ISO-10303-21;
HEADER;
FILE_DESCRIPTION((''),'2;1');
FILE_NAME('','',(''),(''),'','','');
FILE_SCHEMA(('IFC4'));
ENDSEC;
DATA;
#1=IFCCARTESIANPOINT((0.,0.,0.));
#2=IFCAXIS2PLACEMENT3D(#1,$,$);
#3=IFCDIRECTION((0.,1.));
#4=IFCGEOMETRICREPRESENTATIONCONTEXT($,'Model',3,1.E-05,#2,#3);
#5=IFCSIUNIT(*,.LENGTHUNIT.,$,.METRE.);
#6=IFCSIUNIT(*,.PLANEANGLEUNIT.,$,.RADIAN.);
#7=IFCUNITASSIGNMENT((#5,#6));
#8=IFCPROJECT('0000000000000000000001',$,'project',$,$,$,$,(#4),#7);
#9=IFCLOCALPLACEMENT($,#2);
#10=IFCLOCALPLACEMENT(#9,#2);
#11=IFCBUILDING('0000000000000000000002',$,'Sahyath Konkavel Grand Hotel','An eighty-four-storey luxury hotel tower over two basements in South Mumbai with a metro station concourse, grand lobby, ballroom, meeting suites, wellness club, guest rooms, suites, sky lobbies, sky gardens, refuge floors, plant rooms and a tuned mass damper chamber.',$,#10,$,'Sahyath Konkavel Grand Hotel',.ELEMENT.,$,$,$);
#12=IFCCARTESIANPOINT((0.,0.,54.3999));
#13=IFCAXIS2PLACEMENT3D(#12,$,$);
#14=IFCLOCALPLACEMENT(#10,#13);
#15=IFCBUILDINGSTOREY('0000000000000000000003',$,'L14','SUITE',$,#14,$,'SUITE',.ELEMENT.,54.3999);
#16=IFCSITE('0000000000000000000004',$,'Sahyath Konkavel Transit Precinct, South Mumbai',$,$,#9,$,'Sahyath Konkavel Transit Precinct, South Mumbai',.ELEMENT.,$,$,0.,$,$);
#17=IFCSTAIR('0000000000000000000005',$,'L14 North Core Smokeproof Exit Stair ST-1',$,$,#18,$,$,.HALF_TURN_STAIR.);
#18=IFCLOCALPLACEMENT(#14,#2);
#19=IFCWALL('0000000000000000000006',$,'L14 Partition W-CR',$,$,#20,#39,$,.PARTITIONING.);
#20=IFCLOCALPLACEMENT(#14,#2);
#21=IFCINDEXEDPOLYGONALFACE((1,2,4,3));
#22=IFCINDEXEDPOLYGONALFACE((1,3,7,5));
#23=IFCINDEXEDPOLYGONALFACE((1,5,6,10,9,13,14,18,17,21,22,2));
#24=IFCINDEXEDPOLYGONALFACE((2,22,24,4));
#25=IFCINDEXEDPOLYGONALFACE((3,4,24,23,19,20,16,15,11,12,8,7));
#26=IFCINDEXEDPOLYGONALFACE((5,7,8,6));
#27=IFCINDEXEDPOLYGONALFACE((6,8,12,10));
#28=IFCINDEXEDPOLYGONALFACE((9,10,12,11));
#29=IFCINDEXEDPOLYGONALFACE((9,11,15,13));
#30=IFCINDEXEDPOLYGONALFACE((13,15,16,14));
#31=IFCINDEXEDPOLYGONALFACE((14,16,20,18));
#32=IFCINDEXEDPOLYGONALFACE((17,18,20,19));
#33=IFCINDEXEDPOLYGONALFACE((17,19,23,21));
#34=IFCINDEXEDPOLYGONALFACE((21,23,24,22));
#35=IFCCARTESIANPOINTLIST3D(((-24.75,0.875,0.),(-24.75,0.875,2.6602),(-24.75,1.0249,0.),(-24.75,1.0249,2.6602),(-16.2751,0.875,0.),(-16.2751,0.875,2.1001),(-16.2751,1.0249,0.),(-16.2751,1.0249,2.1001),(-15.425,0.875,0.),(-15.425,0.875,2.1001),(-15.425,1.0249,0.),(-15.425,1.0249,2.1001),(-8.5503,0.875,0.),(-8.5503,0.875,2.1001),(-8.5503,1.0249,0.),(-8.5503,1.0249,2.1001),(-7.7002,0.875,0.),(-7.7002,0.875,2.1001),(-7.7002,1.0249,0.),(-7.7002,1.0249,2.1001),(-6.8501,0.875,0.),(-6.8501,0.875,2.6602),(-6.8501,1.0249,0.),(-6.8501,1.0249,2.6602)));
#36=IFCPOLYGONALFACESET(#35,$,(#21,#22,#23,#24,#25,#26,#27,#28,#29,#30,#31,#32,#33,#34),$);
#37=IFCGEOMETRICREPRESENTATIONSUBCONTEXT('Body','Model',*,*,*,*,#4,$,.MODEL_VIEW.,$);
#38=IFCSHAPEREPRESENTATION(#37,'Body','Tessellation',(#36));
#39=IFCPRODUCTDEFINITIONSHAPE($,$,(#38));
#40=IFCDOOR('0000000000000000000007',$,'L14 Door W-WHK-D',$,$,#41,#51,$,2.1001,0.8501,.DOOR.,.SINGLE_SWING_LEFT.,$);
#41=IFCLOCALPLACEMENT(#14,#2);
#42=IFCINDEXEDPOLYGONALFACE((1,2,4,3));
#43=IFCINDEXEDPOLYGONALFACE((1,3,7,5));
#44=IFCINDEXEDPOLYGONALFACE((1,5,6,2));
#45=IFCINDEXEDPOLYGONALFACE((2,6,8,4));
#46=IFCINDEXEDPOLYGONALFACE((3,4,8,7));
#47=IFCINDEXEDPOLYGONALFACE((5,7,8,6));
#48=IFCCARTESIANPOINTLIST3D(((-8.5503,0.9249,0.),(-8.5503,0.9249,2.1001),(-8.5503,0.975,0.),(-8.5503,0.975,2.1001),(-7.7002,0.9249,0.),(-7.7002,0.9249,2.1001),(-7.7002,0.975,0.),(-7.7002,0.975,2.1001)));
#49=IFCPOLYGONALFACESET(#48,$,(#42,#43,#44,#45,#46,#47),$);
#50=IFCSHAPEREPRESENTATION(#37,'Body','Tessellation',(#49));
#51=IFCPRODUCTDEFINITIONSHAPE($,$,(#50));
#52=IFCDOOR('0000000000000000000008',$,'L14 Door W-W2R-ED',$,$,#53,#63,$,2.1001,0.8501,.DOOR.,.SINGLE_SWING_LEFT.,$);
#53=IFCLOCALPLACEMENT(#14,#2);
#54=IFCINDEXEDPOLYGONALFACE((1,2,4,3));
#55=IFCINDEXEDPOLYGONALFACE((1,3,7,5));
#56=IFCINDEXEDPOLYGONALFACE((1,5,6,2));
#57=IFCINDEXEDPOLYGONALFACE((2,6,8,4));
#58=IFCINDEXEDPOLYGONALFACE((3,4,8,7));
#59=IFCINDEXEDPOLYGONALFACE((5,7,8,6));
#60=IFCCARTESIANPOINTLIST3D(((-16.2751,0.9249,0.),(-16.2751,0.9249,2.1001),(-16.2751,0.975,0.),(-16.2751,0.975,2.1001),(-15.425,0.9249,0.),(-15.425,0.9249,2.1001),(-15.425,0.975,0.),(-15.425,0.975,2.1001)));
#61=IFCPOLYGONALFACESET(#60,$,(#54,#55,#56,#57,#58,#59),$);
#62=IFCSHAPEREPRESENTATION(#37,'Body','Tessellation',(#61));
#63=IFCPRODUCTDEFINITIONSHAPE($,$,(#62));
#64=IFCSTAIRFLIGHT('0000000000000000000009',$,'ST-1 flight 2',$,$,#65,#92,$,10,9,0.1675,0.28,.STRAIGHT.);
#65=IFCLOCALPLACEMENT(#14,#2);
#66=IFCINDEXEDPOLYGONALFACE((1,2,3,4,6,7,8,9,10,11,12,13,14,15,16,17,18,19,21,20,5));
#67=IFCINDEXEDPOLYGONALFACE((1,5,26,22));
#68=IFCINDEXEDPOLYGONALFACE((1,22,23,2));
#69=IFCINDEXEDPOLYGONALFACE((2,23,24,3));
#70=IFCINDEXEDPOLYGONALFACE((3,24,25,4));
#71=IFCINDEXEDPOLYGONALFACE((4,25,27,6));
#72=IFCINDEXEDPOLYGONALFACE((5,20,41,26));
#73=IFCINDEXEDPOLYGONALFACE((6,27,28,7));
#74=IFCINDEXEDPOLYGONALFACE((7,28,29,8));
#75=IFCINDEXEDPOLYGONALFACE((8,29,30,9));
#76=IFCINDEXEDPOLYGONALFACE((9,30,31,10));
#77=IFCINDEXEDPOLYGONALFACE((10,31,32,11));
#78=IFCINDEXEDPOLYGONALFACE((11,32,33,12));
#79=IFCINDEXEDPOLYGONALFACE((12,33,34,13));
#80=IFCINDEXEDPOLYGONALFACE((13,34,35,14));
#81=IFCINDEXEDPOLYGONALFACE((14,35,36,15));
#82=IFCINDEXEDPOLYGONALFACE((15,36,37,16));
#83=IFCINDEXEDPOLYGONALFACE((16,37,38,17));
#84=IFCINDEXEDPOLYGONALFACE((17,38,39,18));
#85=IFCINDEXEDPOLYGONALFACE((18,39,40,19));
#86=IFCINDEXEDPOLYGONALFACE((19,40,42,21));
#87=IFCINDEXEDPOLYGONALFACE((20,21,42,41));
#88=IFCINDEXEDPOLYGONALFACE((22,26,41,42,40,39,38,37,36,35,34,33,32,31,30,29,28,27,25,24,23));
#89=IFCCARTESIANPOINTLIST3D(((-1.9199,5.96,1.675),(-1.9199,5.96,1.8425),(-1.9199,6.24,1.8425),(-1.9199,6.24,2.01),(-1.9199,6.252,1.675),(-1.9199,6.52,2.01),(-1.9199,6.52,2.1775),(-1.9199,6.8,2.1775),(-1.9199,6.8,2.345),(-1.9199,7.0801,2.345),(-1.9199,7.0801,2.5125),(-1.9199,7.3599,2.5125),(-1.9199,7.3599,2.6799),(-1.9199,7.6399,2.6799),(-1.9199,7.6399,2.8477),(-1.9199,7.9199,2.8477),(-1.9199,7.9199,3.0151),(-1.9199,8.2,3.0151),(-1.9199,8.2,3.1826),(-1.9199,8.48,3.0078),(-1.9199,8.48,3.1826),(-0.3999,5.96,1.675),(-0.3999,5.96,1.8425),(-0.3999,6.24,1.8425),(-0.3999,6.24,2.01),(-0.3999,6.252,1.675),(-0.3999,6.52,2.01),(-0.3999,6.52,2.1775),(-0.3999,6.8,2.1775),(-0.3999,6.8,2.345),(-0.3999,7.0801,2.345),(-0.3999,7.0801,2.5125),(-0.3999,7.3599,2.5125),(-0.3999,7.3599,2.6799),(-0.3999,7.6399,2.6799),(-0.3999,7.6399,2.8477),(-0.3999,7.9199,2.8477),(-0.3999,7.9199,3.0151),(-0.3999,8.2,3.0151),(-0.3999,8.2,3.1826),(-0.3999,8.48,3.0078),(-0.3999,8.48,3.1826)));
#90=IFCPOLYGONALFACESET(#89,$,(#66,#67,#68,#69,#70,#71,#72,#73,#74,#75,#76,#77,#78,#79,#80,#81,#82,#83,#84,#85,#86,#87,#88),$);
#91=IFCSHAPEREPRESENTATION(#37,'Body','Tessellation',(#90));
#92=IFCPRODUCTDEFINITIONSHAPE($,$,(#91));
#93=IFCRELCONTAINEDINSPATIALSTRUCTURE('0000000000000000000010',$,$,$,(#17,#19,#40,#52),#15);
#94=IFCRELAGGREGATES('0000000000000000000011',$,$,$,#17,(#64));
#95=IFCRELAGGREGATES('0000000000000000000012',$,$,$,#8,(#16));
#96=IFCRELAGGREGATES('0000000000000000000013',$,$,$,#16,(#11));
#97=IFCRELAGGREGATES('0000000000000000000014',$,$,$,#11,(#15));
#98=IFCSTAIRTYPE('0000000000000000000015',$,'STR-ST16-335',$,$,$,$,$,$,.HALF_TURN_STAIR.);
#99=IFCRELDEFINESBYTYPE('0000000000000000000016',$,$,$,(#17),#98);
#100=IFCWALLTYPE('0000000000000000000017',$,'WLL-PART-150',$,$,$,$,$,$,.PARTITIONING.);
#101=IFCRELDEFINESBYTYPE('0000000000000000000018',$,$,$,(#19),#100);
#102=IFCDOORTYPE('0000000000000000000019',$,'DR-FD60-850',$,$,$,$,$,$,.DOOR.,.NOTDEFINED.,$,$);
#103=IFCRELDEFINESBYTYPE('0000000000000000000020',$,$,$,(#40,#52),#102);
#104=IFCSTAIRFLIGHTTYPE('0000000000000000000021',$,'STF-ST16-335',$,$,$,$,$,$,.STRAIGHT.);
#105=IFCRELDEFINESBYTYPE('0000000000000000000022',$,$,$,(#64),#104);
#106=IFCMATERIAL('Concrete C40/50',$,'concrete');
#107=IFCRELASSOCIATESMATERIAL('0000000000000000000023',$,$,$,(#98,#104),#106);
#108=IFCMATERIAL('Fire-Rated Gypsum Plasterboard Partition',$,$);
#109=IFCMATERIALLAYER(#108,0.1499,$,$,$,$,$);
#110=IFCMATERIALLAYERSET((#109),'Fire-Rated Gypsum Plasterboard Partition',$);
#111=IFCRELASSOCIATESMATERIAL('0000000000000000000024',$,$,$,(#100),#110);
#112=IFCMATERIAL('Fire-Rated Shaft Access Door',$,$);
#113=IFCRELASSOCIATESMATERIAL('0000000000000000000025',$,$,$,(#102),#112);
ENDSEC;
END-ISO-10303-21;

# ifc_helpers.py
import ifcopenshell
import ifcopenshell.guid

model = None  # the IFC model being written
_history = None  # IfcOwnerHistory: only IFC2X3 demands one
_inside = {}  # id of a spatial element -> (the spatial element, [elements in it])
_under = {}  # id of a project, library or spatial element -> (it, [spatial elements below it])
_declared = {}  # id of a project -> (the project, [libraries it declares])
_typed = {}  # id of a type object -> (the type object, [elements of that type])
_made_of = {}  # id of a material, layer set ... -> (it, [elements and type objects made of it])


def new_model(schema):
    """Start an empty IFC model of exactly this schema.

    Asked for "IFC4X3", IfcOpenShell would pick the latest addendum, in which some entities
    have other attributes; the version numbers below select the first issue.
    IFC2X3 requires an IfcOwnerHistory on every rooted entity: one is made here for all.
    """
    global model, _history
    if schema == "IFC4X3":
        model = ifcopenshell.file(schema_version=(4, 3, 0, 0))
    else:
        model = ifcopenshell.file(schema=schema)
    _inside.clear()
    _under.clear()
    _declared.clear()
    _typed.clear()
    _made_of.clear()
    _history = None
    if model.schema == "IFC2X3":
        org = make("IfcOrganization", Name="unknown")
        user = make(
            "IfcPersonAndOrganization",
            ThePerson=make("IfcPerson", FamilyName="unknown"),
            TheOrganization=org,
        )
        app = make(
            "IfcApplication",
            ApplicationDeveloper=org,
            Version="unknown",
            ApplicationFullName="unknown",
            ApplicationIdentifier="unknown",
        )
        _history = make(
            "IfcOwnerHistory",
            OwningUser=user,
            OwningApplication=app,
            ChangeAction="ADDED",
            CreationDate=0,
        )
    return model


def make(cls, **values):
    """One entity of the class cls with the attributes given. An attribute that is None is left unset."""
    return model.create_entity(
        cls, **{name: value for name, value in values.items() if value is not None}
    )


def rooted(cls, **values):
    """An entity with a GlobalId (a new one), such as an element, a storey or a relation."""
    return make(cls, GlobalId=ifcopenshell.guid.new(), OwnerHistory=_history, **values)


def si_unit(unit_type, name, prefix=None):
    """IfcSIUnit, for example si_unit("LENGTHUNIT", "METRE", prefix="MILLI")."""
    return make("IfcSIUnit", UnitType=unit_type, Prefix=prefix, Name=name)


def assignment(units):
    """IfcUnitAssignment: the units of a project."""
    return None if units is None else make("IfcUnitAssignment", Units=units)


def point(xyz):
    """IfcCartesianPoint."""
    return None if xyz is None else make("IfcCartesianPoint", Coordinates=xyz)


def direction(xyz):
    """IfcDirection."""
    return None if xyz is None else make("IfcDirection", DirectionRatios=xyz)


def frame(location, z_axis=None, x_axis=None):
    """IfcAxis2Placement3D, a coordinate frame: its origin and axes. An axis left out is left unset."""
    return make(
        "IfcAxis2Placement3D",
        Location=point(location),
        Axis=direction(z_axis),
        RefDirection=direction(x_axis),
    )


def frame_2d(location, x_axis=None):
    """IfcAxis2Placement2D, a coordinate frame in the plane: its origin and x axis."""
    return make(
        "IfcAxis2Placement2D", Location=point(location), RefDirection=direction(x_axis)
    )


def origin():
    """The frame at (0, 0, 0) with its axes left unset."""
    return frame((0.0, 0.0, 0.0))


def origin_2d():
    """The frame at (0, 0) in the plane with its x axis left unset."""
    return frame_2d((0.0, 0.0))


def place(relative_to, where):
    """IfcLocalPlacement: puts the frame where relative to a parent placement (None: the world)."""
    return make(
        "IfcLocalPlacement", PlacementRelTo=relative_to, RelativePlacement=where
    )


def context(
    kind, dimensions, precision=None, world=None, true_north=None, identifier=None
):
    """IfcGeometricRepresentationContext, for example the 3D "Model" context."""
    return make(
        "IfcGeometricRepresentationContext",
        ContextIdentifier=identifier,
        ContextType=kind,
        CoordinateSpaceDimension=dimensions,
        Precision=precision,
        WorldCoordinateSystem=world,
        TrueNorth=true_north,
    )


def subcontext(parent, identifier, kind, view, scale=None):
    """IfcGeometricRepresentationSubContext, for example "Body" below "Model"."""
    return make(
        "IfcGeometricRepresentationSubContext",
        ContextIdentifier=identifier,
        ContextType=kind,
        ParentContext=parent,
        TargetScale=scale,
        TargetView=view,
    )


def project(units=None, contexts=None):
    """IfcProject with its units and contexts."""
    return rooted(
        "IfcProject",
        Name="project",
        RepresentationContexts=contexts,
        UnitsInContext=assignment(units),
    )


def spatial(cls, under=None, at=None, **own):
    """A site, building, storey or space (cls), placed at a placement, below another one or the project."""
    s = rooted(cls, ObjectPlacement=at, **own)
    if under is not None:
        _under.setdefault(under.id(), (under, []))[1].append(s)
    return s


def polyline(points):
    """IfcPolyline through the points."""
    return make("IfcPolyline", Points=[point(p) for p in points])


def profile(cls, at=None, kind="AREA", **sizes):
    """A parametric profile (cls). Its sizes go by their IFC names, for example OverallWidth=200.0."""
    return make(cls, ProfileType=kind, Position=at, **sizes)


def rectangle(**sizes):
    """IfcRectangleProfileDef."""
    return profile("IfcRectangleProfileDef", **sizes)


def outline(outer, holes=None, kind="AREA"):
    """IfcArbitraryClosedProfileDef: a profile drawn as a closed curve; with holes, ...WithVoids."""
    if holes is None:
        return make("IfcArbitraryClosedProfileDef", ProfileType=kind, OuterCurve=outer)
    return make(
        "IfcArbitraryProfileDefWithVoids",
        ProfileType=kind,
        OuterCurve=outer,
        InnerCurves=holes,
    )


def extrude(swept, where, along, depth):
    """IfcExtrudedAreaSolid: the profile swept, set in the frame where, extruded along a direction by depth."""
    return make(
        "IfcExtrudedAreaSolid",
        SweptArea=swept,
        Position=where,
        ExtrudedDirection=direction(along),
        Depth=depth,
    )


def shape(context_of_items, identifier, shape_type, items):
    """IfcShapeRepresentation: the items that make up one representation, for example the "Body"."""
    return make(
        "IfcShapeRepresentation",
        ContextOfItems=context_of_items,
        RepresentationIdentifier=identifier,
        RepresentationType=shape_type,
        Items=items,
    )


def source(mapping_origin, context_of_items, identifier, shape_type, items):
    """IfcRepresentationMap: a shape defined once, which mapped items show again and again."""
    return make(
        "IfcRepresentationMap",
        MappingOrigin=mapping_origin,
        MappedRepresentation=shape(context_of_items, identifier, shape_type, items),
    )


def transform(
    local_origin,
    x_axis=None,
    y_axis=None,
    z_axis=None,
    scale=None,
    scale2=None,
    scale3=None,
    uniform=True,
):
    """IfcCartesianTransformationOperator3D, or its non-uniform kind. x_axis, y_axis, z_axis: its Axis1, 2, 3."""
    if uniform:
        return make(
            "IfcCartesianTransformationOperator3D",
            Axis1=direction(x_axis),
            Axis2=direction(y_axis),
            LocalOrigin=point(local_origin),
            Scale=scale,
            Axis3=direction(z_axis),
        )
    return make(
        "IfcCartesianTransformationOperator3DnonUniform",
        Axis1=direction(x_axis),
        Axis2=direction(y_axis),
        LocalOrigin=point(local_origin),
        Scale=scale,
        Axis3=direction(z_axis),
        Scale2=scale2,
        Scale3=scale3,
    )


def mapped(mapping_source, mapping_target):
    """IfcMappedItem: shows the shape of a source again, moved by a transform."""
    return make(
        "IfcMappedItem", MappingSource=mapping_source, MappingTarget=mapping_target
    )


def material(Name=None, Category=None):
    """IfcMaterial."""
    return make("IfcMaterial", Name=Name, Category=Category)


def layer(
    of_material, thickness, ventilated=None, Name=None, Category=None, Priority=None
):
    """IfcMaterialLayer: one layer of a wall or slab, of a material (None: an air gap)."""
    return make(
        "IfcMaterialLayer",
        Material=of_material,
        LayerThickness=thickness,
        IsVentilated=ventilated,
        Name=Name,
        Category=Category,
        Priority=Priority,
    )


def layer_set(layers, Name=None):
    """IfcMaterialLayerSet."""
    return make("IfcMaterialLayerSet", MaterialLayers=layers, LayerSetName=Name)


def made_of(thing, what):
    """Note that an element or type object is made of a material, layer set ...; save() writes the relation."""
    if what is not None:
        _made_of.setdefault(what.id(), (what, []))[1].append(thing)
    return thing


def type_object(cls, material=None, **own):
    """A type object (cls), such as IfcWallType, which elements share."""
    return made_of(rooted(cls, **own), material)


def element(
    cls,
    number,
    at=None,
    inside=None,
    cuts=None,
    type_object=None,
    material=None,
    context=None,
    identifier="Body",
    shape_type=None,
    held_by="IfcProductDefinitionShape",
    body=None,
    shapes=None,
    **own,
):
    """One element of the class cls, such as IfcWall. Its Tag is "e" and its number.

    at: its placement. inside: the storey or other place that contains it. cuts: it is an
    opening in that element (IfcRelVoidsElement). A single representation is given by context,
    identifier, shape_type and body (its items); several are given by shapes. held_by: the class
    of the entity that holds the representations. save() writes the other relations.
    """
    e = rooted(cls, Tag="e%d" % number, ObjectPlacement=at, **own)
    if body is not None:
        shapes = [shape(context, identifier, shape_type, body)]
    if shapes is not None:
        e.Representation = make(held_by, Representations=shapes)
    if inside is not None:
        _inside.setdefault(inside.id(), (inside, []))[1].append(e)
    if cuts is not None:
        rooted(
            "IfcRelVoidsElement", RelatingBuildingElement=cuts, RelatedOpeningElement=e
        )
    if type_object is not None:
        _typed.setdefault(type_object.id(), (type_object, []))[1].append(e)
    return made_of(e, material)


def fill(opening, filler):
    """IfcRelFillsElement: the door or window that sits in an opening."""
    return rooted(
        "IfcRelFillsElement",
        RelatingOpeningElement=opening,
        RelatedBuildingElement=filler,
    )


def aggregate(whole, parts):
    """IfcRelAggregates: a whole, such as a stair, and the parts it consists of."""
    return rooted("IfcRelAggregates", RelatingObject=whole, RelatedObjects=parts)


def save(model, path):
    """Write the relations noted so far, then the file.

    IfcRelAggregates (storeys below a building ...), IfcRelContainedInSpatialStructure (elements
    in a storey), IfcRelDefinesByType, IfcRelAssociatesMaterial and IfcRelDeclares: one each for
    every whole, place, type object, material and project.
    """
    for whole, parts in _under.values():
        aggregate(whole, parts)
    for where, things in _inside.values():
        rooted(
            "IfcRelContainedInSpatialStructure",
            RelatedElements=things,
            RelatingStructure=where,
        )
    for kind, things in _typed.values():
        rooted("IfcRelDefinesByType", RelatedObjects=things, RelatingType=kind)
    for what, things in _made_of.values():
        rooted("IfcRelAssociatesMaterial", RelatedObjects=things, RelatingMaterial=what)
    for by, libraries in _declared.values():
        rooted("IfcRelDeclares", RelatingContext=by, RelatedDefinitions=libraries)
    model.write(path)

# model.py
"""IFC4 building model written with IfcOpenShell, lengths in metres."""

from ifc_helpers import new_model, si_unit, direction, frame, frame_2d, origin, origin_2d, place, context, subcontext, project, spatial, polyline, rectangle, outline, extrude, source, transform, mapped, material, layer, layer_set, type_object, element, fill, aggregate, save


model = new_model("IFC4")

# Units and contexts
model_context = context("Model", 3, precision=1e-05, world=origin(), true_north=direction((0.0, 1.0)))
body_context = subcontext(model_context, "Body", "Model", "MODEL_VIEW")
ifc_project = project(units=[si_unit("LENGTHUNIT", "METRE"), si_unit("PLANEANGLEUNIT", "RADIAN")], contexts=[model_context])

# Site, building, storey
site_placement = place(None, origin())
site = spatial("IfcSite", under=ifc_project, at=site_placement, Name="Sahyath Konkavel Transit Precinct, South Mumbai", LongName="Sahyath Konkavel Transit Precinct, South Mumbai", CompositionType="ELEMENT", RefElevation=0.0)
building_placement = place(site_placement, origin())
building = spatial("IfcBuilding", under=site, at=building_placement, Name="Sahyath Konkavel Grand Hotel", Description="An eighty-four-storey luxury hotel tower over two basements in South Mumbai with a metro station concourse, grand lobby, ballroom, meeting suites, wellness club, guest rooms, suites, sky lobbies, sky gardens, refuge floors, plant rooms and a tuned mass damper chamber.", LongName="Sahyath Konkavel Grand Hotel", CompositionType="ELEMENT")
storey_placement = place(building_placement, frame((0.0, 0.0, 54.3999)))
storey = spatial("IfcBuildingStorey", under=building, at=storey_placement, Name="L14", Description="SUITE", LongName="SUITE", CompositionType="ELEMENT", Elevation=54.3999)

# Shared definitions
ifc_material_1 = material(Name="Concrete C40/50", Category="concrete")

# Stair
stair_type = type_object("IfcStairType", Name="STR-ST16-335", PredefinedType="HALF_TURN_STAIR", material=ifc_material_1)
stair_placement = place(storey_placement, origin())
stair = element("IfcStair", 1, at=stair_placement, inside=storey, type_object=stair_type, Name="L14 North Core Smokeproof Exit Stair ST-1", PredefinedType="HALF_TURN_STAIR")

# Shared definitions
ifc_material_2 = material(Name="Fire-Rated Gypsum Plasterboard Partition")
ifc_layer_1 = layer(ifc_material_2, 0.1499)
ifc_layer_set_1 = layer_set([ifc_layer_1], Name="Fire-Rated Gypsum Plasterboard Partition")
wall_type_1 = type_object("IfcWallType", Name="WLL-PART-150", PredefinedType="PARTITIONING", material=ifc_layer_set_1)

# Shared definitions
ifc_material_3 = material(Name="Fire-Rated Shaft Access Door")
door_type = type_object("IfcDoorType", Name="DR-FD60-850", OperationType="NOTDEFINED", PredefinedType="DOOR", material=ifc_material_3)
shared_shape_1 = source(origin(), body_context, "Body", "SweptSolid", [
    extrude(rectangle(XDim=0.8501, YDim=0.05, at=origin_2d()), origin(), (0.0, 0.0, 1.0), 2.1001),
])

# Wall, openings, doors
wall_1_placement = place(storey_placement, frame((-6.8501, 0.95, 0.0), z_axis=(0.0, 0.0, 1.0), x_axis=(-1.0, 0.0, 0.0)))
wall_1 = element("IfcWall", 2, at=wall_1_placement, inside=storey, type_object=wall_type_1, Name="L14 Partition W-CR", PredefinedType="PARTITIONING", context=body_context, shape_type="SweptSolid", body=[
    extrude(rectangle(XDim=17.8999, YDim=0.1499, at=frame_2d((8.95, 0.0))), origin(), (0.0, 0.0, 1.0), 2.6602),
])
opening_1_placement = place(wall_1_placement, frame((0.8501, 0.0, 0.0)))
opening_1 = element("IfcOpeningElement", 3, at=opening_1_placement, cuts=wall_1, PredefinedType="OPENING", context=body_context, shape_type="SweptSolid", body=[
    extrude(rectangle(XDim=0.8501, YDim=2.1001, at=frame_2d((0.425, 1.05))), frame((0.0, 0.085, 0.0), z_axis=(0.0, -1.0, 0.0), x_axis=(1.0, 0.0, 0.0)), (0.0, 0.0, 1.0), 0.1699),
])
opening_2_placement = place(wall_1_placement, frame((8.575, 0.0, 0.0)))
opening_2 = element("IfcOpeningElement", 4, at=opening_2_placement, cuts=wall_1, PredefinedType="OPENING", context=body_context, shape_type="SweptSolid", body=[
    extrude(rectangle(XDim=0.8501, YDim=2.1001, at=frame_2d((0.425, 1.05))), frame((0.0, 0.085, 0.0), z_axis=(0.0, -1.0, 0.0), x_axis=(1.0, 0.0, 0.0)), (0.0, 0.0, 1.0), 0.1699),
])
door_1_placement = place(opening_1_placement, frame((0.425, 0.0, 0.0)))
door_1 = element("IfcDoor", 5, at=door_1_placement, inside=storey, type_object=door_type, Name="L14 Door W-WHK-D", OperationType="SINGLE_SWING_LEFT", OverallHeight=2.1001, OverallWidth=0.8501, PredefinedType="DOOR", context=body_context, shape_type="MappedRepresentation", body=[
    mapped(shared_shape_1, transform((0.0, 0.0, 0.0), scale=1.0)),
])
fill(opening_1, door_1)
door_2_placement = place(opening_2_placement, frame((0.425, 0.0, 0.0)))
door_2 = element("IfcDoor", 6, at=door_2_placement, inside=storey, type_object=door_type, Name="L14 Door W-W2R-ED", OperationType="SINGLE_SWING_LEFT", OverallHeight=2.1001, OverallWidth=0.8501, PredefinedType="DOOR", context=body_context, shape_type="MappedRepresentation", body=[
    mapped(shared_shape_1, transform((0.0, 0.0, 0.0), scale=1.0)),
])
fill(opening_2, door_2)

# Stair flight
stair_flight_type = type_object("IfcStairFlightType", Name="STF-ST16-335", PredefinedType="STRAIGHT", material=ifc_material_1)
stair_flight_placement = place(storey_placement, frame((-1.1599, 5.96, 1.675), z_axis=(0.0, 0.0, 1.0), x_axis=(0.0, 1.0, 0.0)))
stair_flight = element("IfcStairFlight", 7, at=stair_flight_placement, type_object=stair_flight_type, Name="ST-1 flight 2", NumberOfRisers=10, NumberOfTreads=9, PredefinedType="STRAIGHT", RiserHeight=0.1675, TreadLength=0.28, context=body_context, shape_type="SweptSolid", body=[
    extrude(outline(polyline([(0.0, 0.0), (0.0, 0.1675), (0.28, 0.1675), (0.28, 0.335), (0.5601, 0.335), (0.5601, 0.5024), (0.8401, 0.5024), (0.8401, 0.6699), (1.1201, 0.6699), (1.1201, 0.8374), (1.3999, 0.8374), (1.3999, 1.0049), (1.6799, 1.0049), (1.6799, 1.1726), (1.96, 1.1726), (1.96, 1.3401), (2.24, 1.3401), (2.24, 1.5076), (2.52, 1.5076), (2.52, 1.675), (2.52, 1.3328), (0.292, 0.0), (0.0, 0.0)])), frame((0.0, 0.76, 0.0), z_axis=(0.0, -1.0, 0.0), x_axis=(1.0, 0.0, 0.0)), (0.0, 0.0, 1.0), 1.52),
])
aggregate(stair, [stair_flight])

save(model, "model.ifc")
